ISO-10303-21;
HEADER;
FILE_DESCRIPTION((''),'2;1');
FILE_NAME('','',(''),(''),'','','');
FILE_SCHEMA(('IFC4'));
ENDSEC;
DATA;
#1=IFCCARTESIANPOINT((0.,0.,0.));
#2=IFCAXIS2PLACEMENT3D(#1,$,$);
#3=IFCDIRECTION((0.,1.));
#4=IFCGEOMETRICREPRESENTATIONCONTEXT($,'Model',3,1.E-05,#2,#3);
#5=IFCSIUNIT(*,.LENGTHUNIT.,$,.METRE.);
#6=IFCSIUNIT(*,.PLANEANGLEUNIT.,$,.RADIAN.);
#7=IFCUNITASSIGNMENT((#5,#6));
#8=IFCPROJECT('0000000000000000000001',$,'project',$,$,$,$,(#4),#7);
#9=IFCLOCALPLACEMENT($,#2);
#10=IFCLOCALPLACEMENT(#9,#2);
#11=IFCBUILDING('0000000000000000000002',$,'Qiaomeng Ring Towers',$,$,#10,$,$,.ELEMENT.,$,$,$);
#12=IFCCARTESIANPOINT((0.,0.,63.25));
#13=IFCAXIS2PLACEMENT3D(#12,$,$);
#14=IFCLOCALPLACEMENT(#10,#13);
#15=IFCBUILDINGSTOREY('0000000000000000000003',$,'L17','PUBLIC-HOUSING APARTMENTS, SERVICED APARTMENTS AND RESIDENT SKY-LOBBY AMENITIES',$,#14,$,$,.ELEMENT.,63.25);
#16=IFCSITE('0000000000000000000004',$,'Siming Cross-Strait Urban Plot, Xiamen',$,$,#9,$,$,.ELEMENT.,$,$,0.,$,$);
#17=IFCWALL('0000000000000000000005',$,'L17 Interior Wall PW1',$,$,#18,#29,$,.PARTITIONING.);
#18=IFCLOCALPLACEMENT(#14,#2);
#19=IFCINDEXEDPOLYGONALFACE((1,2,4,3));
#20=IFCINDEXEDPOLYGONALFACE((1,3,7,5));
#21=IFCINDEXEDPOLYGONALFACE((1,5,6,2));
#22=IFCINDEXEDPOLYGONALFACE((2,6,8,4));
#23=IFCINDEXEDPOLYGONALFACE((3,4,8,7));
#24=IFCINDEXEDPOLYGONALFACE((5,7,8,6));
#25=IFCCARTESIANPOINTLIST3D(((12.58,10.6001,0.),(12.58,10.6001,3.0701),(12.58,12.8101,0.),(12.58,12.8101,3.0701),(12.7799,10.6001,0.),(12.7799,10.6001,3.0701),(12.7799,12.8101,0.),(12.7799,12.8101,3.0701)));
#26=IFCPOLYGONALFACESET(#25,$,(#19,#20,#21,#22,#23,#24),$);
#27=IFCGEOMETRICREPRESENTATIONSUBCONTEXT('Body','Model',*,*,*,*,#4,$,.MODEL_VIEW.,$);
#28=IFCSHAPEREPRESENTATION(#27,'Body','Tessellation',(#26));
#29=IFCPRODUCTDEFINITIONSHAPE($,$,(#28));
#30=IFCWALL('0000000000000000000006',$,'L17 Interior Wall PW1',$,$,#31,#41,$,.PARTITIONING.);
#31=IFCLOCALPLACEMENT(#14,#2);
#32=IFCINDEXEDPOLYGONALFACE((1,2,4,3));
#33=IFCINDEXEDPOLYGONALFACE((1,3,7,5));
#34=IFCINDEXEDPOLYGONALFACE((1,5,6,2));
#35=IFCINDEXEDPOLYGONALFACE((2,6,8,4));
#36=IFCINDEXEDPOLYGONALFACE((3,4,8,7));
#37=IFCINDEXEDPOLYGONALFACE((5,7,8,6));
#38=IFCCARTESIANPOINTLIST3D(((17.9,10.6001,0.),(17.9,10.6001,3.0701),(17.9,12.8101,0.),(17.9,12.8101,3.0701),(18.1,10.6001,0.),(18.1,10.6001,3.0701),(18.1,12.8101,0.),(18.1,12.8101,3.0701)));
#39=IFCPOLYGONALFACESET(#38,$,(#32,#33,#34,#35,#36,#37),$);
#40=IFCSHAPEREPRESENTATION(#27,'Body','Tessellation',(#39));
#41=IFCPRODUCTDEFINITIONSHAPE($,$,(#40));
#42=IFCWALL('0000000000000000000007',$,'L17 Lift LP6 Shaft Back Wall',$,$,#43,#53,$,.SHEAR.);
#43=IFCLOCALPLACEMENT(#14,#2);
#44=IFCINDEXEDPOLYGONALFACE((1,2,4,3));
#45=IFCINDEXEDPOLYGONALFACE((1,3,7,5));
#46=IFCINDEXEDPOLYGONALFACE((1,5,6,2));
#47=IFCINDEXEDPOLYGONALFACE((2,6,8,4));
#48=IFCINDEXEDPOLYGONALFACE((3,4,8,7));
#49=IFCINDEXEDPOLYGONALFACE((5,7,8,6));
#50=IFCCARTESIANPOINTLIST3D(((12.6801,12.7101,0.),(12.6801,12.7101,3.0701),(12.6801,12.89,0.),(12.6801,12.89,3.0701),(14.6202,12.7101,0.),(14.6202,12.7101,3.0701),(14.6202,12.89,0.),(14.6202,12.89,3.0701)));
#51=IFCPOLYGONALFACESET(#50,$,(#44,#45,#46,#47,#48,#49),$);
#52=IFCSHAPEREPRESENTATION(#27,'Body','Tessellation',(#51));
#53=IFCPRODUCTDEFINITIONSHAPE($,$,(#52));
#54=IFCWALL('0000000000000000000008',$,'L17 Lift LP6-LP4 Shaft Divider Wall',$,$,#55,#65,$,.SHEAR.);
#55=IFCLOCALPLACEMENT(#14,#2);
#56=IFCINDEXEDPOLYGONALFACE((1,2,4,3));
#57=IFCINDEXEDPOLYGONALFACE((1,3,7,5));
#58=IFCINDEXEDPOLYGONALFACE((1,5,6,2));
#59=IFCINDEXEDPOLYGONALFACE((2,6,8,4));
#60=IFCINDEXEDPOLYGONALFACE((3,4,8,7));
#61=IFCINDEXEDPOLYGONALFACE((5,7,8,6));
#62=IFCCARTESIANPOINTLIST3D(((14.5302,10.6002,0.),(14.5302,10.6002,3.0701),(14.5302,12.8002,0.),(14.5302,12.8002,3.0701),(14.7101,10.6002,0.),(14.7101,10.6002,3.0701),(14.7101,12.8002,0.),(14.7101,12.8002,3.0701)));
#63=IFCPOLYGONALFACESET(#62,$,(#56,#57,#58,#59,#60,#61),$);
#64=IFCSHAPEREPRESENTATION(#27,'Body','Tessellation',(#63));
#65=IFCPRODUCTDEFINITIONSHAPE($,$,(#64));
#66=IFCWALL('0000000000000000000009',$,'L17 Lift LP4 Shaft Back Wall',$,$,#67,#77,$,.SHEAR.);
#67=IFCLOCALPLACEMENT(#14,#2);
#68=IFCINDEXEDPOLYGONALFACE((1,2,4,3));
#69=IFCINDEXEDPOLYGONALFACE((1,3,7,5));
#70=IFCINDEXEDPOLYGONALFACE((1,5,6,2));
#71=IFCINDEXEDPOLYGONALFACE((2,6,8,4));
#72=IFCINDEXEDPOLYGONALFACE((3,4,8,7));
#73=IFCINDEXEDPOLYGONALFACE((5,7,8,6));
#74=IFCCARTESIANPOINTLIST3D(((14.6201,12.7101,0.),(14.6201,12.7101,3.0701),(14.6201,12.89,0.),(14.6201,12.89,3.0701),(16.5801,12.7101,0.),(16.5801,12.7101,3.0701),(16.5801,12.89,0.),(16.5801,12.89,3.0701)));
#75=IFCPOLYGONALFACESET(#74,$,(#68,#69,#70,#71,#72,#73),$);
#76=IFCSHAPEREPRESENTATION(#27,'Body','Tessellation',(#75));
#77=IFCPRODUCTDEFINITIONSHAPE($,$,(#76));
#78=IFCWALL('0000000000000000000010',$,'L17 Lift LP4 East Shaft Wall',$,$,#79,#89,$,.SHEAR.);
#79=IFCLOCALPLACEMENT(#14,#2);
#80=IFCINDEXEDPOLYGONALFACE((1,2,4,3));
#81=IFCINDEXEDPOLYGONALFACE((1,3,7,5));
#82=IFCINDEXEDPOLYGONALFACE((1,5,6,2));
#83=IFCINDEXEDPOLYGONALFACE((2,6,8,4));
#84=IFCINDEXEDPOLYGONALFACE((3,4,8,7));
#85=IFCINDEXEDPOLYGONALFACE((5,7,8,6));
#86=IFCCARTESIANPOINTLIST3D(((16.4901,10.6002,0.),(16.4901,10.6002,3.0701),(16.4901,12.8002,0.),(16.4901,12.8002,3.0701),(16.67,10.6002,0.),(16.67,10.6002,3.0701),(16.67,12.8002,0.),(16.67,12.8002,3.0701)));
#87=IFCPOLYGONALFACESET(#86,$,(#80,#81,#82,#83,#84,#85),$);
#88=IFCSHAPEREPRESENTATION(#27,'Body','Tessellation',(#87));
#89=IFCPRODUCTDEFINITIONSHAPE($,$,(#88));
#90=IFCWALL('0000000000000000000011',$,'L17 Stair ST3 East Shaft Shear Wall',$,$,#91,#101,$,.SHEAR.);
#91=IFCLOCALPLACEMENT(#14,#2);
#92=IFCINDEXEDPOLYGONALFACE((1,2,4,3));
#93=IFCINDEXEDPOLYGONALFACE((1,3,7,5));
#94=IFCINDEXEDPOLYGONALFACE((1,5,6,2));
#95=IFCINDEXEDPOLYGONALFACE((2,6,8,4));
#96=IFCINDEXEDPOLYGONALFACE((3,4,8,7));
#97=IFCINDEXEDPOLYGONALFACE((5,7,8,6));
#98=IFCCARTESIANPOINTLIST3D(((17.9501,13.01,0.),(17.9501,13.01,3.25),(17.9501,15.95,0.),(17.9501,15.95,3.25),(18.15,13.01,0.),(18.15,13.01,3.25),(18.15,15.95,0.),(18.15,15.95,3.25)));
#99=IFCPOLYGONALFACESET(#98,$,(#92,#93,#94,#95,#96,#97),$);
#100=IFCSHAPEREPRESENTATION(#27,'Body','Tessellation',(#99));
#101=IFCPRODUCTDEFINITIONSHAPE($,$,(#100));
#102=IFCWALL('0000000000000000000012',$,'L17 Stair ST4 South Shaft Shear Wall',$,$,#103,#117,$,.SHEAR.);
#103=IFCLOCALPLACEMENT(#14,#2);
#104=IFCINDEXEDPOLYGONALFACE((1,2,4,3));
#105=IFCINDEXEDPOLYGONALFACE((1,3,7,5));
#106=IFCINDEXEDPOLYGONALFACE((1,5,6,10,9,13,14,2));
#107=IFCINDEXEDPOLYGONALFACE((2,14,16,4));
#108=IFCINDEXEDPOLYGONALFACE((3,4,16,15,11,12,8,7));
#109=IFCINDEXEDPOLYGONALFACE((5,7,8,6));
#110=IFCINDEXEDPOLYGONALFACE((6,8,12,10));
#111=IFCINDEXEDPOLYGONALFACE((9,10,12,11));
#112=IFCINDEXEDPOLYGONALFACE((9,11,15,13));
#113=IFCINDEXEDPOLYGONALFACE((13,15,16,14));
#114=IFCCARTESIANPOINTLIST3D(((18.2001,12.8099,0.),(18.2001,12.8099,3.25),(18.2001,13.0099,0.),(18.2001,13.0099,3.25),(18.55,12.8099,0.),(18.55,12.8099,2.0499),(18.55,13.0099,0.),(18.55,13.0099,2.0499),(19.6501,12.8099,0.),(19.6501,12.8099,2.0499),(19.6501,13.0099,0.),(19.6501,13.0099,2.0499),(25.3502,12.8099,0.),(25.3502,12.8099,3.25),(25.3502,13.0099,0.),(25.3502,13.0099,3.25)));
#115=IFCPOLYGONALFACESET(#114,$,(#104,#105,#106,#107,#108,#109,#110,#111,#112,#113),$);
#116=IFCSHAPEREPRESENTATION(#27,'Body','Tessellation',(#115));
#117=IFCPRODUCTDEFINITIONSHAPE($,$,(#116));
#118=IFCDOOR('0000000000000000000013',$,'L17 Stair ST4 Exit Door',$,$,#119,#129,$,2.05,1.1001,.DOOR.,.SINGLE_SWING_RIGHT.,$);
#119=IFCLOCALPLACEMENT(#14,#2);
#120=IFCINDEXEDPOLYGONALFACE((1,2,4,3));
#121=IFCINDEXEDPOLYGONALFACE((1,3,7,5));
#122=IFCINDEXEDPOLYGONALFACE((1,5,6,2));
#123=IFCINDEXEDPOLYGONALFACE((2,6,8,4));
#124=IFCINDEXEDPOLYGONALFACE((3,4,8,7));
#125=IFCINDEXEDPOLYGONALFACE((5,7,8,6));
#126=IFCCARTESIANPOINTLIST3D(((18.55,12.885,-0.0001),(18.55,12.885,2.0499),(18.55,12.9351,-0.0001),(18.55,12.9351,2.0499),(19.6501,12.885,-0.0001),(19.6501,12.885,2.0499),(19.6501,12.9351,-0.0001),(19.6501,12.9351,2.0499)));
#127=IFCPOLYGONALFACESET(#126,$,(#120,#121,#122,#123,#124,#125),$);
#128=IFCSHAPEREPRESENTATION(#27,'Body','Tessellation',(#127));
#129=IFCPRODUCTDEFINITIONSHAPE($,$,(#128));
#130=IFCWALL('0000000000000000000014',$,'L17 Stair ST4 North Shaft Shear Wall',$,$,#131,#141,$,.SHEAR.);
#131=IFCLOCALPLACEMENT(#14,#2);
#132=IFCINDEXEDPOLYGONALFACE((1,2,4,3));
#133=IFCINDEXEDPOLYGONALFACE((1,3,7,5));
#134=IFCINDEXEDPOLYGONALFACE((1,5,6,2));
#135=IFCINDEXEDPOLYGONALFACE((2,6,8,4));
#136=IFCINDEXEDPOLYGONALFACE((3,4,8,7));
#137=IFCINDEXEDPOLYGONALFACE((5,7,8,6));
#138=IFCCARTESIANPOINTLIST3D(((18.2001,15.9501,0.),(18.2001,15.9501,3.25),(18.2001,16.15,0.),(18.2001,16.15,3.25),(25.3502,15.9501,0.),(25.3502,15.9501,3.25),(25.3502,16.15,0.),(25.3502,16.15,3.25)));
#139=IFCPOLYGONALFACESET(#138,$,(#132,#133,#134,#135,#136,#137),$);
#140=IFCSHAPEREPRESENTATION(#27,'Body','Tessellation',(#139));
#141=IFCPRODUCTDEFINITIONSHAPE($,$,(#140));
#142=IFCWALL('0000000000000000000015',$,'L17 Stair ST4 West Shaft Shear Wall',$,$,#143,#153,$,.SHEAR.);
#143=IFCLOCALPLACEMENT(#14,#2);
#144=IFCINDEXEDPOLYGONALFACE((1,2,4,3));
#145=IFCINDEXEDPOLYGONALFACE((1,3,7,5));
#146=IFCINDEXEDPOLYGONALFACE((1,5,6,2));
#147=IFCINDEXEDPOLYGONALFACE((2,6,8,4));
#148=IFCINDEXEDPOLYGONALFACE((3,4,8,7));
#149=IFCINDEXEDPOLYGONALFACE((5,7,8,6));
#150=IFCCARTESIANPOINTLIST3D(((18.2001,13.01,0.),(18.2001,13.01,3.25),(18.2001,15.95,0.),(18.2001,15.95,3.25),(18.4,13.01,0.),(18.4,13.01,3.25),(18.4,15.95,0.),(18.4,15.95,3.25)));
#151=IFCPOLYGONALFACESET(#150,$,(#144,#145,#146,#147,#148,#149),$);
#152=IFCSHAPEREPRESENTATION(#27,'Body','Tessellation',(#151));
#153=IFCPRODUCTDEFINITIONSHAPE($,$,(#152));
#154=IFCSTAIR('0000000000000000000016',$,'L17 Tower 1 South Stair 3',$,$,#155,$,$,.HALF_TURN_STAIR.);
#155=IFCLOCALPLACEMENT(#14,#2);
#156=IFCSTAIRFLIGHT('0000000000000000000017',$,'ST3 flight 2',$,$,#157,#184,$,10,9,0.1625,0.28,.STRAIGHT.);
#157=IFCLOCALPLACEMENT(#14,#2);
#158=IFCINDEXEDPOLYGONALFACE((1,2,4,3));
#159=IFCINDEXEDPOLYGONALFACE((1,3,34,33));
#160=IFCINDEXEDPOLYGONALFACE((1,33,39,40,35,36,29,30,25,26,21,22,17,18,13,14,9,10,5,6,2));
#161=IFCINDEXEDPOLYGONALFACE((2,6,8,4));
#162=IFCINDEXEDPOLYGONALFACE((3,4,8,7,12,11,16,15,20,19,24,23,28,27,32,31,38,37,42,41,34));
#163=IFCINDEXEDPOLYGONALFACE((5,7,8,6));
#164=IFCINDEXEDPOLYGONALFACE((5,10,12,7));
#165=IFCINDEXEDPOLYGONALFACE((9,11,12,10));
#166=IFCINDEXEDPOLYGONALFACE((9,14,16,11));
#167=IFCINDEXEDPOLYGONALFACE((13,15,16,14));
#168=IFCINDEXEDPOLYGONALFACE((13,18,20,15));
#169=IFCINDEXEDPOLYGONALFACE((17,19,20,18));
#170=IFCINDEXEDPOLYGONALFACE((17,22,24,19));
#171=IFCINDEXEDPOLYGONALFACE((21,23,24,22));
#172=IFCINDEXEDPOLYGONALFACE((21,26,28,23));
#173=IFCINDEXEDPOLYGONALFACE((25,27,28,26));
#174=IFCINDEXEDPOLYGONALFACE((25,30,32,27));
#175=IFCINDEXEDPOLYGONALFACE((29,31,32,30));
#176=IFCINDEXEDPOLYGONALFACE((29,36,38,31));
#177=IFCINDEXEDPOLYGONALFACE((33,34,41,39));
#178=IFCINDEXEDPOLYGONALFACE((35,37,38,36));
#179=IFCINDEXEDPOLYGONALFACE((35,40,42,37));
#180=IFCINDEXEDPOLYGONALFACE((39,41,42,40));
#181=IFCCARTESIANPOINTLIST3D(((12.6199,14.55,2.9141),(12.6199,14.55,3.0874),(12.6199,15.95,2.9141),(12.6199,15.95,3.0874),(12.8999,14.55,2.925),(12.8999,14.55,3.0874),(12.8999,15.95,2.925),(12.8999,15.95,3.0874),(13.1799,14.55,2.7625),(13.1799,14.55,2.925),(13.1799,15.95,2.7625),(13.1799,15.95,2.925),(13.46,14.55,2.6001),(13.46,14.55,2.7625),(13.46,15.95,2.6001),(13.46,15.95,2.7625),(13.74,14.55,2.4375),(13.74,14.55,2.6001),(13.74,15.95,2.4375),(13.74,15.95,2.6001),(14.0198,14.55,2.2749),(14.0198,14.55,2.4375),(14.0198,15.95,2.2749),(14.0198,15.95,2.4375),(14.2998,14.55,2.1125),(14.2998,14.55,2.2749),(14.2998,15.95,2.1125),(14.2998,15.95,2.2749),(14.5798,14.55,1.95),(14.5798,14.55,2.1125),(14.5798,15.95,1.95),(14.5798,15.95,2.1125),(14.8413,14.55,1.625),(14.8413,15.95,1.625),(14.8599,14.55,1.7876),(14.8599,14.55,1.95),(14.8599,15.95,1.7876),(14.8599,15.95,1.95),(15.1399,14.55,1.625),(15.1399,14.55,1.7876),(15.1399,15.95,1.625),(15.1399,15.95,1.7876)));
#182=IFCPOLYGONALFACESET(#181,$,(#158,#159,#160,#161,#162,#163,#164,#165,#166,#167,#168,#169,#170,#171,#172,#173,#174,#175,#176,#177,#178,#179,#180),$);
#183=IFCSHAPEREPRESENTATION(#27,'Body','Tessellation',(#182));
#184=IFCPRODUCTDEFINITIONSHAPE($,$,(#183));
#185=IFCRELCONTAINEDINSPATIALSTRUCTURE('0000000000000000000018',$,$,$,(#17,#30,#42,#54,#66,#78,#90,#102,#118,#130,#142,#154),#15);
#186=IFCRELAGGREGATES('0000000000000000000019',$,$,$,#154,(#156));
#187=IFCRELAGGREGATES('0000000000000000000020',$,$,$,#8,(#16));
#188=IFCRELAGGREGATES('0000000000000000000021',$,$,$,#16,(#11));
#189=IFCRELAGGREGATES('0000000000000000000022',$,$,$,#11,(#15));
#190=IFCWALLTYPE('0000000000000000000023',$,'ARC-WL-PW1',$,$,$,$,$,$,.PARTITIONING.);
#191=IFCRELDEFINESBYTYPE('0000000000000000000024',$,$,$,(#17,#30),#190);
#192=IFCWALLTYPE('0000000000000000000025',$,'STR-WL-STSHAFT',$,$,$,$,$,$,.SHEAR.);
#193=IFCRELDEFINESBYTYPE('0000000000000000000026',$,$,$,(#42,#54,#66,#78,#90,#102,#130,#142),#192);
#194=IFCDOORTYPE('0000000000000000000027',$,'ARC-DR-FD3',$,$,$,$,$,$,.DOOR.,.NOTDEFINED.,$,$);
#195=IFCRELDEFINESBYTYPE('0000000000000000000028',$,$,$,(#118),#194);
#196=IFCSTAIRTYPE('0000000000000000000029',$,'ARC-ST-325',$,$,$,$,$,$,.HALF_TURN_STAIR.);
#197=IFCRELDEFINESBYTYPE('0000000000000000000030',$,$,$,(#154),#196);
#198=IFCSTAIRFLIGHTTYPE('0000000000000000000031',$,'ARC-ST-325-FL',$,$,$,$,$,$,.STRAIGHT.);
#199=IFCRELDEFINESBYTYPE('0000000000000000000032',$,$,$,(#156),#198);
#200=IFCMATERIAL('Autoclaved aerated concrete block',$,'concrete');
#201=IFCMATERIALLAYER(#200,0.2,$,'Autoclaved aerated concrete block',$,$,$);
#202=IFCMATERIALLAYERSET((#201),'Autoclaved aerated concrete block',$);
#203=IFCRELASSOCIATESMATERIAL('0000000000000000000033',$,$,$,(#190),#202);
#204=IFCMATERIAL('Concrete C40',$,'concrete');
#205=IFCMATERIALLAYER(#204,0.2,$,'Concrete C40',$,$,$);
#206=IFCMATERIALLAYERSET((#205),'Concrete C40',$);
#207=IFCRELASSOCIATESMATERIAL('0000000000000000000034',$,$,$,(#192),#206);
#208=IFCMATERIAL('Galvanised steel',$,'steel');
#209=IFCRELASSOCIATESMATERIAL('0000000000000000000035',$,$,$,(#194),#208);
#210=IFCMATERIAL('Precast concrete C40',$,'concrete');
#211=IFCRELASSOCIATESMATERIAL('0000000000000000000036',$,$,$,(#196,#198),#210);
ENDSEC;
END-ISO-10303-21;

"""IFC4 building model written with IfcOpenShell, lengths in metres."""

from ifc_helpers import new_model, si_unit, direction, frame, frame_2d, origin, place, context, subcontext, project, spatial, polyline, rectangle, outline, extrude, source, transform, mapped, material, layer, layer_set, type_object, element, fill, aggregate, save


model = new_model("IFC4")

# Units and contexts
model_context = context("Model", 3, precision=1e-05, world=origin(), true_north=direction((0.0, 1.0)))
body_context = subcontext(model_context, "Body", "Model", "MODEL_VIEW")
ifc_project = project(units=[si_unit("LENGTHUNIT", "METRE"), si_unit("PLANEANGLEUNIT", "RADIAN")], contexts=[model_context])

# Site, building, storey
site_placement = place(None, origin())
site = spatial("IfcSite", under=ifc_project, at=site_placement, Name="Siming Cross-Strait Urban Plot, Xiamen", CompositionType="ELEMENT", RefElevation=0.0)
building_placement = place(site_placement, origin())
building = spatial("IfcBuilding", under=site, at=building_placement, Name="Qiaomeng Ring Towers", CompositionType="ELEMENT")
storey_placement = place(building_placement, frame((0.0, 0.0, 63.25)))
storey = spatial("IfcBuildingStorey", under=building, at=storey_placement, Name="L17", Description="PUBLIC-HOUSING APARTMENTS, SERVICED APARTMENTS AND RESIDENT SKY-LOBBY AMENITIES", CompositionType="ELEMENT", Elevation=63.25)

# Walls
ifc_material_1 = material(Name="Autoclaved aerated concrete block", Category="concrete")
ifc_layer_1 = layer(ifc_material_1, 0.2, Name="Autoclaved aerated concrete block")
ifc_layer_set_1 = layer_set([ifc_layer_1], Name="Autoclaved aerated concrete block")
wall_type_1 = type_object("IfcWallType", Name="ARC-WL-PW1", PredefinedType="PARTITIONING", material=ifc_layer_set_1)
for number, where, z_axis, x_axis, name in (
    (1, (12.6799, 10.6001, 0.0), (0.0, 0.0, 1.0), (0.0, 1.0, 0.0), "L17 Interior Wall PW1"),
    (2, (18.0, 10.6001, 0.0), (0.0, 0.0, 1.0), (0.0, 1.0, 0.0), "L17 Interior Wall PW1"),
):
    element("IfcWall", number, at=place(storey_placement, frame(where, z_axis=z_axis, x_axis=x_axis)), inside=storey, type_object=wall_type_1, Name=name, PredefinedType="PARTITIONING", context=body_context, shape_type="SweptSolid", body=[
        extrude(rectangle(XDim=2.21, YDim=0.2, at=frame_2d((1.105, 0.0))), origin(), (0.0, 0.0, 1.0), 3.0701),
    ])
ifc_material_2 = material(Name="Concrete C40", Category="concrete")
ifc_layer_2 = layer(ifc_material_2, 0.2, Name="Concrete C40")
ifc_layer_set_2 = layer_set([ifc_layer_2], Name="Concrete C40")
wall_type_2 = type_object("IfcWallType", Name="STR-WL-STSHAFT", PredefinedType="SHEAR", material=ifc_layer_set_2)
wall_1_placement = place(storey_placement, frame((12.6799, 12.8, 0.0), z_axis=(0.0, 0.0, 1.0), x_axis=(1.0, 0.0, 0.0)))
element("IfcWall", 3, at=wall_1_placement, inside=storey, type_object=wall_type_2, Name="L17 Lift LP6 Shaft Back Wall", PredefinedType="SHEAR", context=body_context, shape_type="SweptSolid", body=[
    extrude(rectangle(XDim=1.9402, YDim=0.1799, at=frame_2d((0.9702, 0.0))), origin(), (0.0, 0.0, 1.0), 3.0701),
])
wall_2_placement = place(storey_placement, frame((14.6201, 10.6001, 0.0), z_axis=(0.0, 0.0, 1.0), x_axis=(0.0, 1.0, 0.0)))
element("IfcWall", 4, at=wall_2_placement, inside=storey, type_object=wall_type_2, Name="L17 Lift LP6-LP4 Shaft Divider Wall", PredefinedType="SHEAR", context=body_context, shape_type="SweptSolid", body=[
    extrude(rectangle(XDim=2.2, YDim=0.1799, at=frame_2d((1.1001, 0.0))), origin(), (0.0, 0.0, 1.0), 3.0701),
])
wall_3_placement = place(storey_placement, frame((14.6201, 12.8, 0.0), z_axis=(0.0, 0.0, 1.0), x_axis=(1.0, 0.0, 0.0)))
element("IfcWall", 5, at=wall_3_placement, inside=storey, type_object=wall_type_2, Name="L17 Lift LP4 Shaft Back Wall", PredefinedType="SHEAR", context=body_context, shape_type="SweptSolid", body=[
    extrude(rectangle(XDim=1.96, YDim=0.1799, at=frame_2d((0.98, 0.0))), origin(), (0.0, 0.0, 1.0), 3.0701),
])
wall_4_placement = place(storey_placement, frame((16.5801, 10.6001, 0.0), z_axis=(0.0, 0.0, 1.0), x_axis=(0.0, 1.0, 0.0)))
element("IfcWall", 6, at=wall_4_placement, inside=storey, type_object=wall_type_2, Name="L17 Lift LP4 East Shaft Wall", PredefinedType="SHEAR", context=body_context, shape_type="SweptSolid", body=[
    extrude(rectangle(XDim=2.2, YDim=0.1799, at=frame_2d((1.1001, 0.0))), origin(), (0.0, 0.0, 1.0), 3.0701),
])
wall_5_placement = place(storey_placement, frame((18.05, 13.01, 0.0), z_axis=(0.0, 0.0, 1.0), x_axis=(0.0, 1.0, 0.0)))
element("IfcWall", 7, at=wall_5_placement, inside=storey, type_object=wall_type_2, Name="L17 Stair ST3 East Shaft Shear Wall", PredefinedType="SHEAR", context=body_context, shape_type="SweptSolid", body=[
    extrude(rectangle(XDim=2.9399, YDim=0.2, at=frame_2d((1.47, 0.0))), origin(), (0.0, 0.0, 1.0), 3.25),
])

# Wall, opening, door
wall_6_placement = place(storey_placement, frame((18.2, 12.9099, 0.0), z_axis=(0.0, 0.0, 1.0), x_axis=(1.0, 0.0, 0.0)))
wall_6 = element("IfcWall", 8, at=wall_6_placement, inside=storey, type_object=wall_type_2, Name="L17 Stair ST4 South Shaft Shear Wall", PredefinedType="SHEAR", context=body_context, shape_type="SweptSolid", body=[
    extrude(rectangle(XDim=7.1501, YDim=0.2, at=frame_2d((3.5752, 0.0))), origin(), (0.0, 0.0, 1.0), 3.25),
])
opening_placement = place(wall_6_placement, frame((0.3501, 0.0, 0.0)))
opening = element("IfcOpeningElement", 9, at=opening_placement, cuts=wall_6, PredefinedType="OPENING", context=body_context, shape_type="SweptSolid", body=[
    extrude(rectangle(XDim=1.1001, YDim=2.05, at=frame_2d((0.55, 1.0249))), frame((0.0, 0.1099, 0.0), z_axis=(0.0, -1.0, 0.0), x_axis=(1.0, 0.0, 0.0)), (0.0, 0.0, 1.0), 0.22),
])
ifc_material_3 = material(Name="Galvanised steel", Category="steel")
door_type = type_object("IfcDoorType", Name="ARC-DR-FD3", OperationType="NOTDEFINED", PredefinedType="DOOR", material=ifc_material_3)
shared_shape_1 = source(origin(), body_context, "Body", "SweptSolid", [
    extrude(rectangle(XDim=1.1001, YDim=2.05, at=frame_2d((0.55, 1.0249))), frame((0.0, 0.0249, 0.0), z_axis=(0.0, -1.0, 0.0), x_axis=(1.0, 0.0, 0.0)), (0.0, 0.0, 1.0), 0.05),
])
door_placement = place(opening_placement, frame((1.1001, 0.0, 0.0), z_axis=(0.0, 0.0, 1.0), x_axis=(-1.0, 0.0, 0.0)))
door = element("IfcDoor", 10, at=door_placement, inside=storey, type_object=door_type, Name="L17 Stair ST4 Exit Door", OperationType="SINGLE_SWING_RIGHT", OverallHeight=2.05, OverallWidth=1.1001, PredefinedType="DOOR", context=body_context, shape_type="MappedRepresentation", body=[
    mapped(shared_shape_1, transform((0.0, 0.0, 0.0), x_axis=(1.0, 0.0, 0.0), y_axis=(0.0, 1.0, 0.0), z_axis=(0.0, 0.0, 1.0), scale=1.0)),
])
fill(opening, door)

# Walls
wall_7_placement = place(storey_placement, frame((18.2, 16.05, 0.0), z_axis=(0.0, 0.0, 1.0), x_axis=(1.0, 0.0, 0.0)))
element("IfcWall", 11, at=wall_7_placement, inside=storey, type_object=wall_type_2, Name="L17 Stair ST4 North Shaft Shear Wall", PredefinedType="SHEAR", context=body_context, shape_type="SweptSolid", body=[
    extrude(rectangle(XDim=7.1501, YDim=0.2, at=frame_2d((3.5752, 0.0))), origin(), (0.0, 0.0, 1.0), 3.25),
])
wall_8_placement = place(storey_placement, frame((18.3, 13.01, 0.0), z_axis=(0.0, 0.0, 1.0), x_axis=(0.0, 1.0, 0.0)))
element("IfcWall", 12, at=wall_8_placement, inside=storey, type_object=wall_type_2, Name="L17 Stair ST4 West Shaft Shear Wall", PredefinedType="SHEAR", context=body_context, shape_type="SweptSolid", body=[
    extrude(rectangle(XDim=2.9399, YDim=0.2, at=frame_2d((1.47, 0.0))), origin(), (0.0, 0.0, 1.0), 3.25),
])

# Stair, stair flight
ifc_material_4 = material(Name="Precast concrete C40", Category="concrete")
stair_type = type_object("IfcStairType", Name="ARC-ST-325", PredefinedType="HALF_TURN_STAIR", material=ifc_material_4)
stair_1_placement = place(storey_placement, origin())
stair_1 = element("IfcStair", 13, at=stair_1_placement, inside=storey, type_object=stair_type, Name="L17 Tower 1 South Stair 3", PredefinedType="HALF_TURN_STAIR")
stair_flight_type = type_object("IfcStairFlightType", Name="ARC-ST-325-FL", PredefinedType="STRAIGHT", material=ifc_material_4)
shared_shape_2 = source(origin(), body_context, "Body", "SweptSolid", [
    extrude(outline(polyline([(0.0, 0.0), (0.0, 0.1626), (0.28, 0.1626), (0.28, 0.325), (0.5601, 0.325), (0.5601, 0.4875), (0.8401, 0.4875), (0.8401, 0.6499), (1.1201, 0.6499), (1.1201, 0.8125), (1.3999, 0.8125), (1.3999, 0.9751), (1.6799, 0.9751), (1.6799, 1.1375), (1.96, 1.1375), (1.96, 1.3), (2.24, 1.3), (2.24, 1.4624), (2.52, 1.4624), (2.52, 1.625), (2.52, 1.2891), (0.2986, 0.0), (0.0, 0.0)])), frame((0.0, 0.7, 0.0), z_axis=(0.0, -1.0, 0.0), x_axis=(1.0, 0.0, 0.0)), (0.0, 0.0, 1.0), 1.3999),
])
stair_flight_1_placement = place(storey_placement, frame((15.1399, 15.25, 1.625), z_axis=(0.0, 0.0, 1.0), x_axis=(-1.0, 0.0, 0.0)))
stair_flight_1 = element("IfcStairFlight", 14, at=stair_flight_1_placement, type_object=stair_flight_type, Name="ST3 flight 2", NumberOfRisers=10, NumberOfTreads=9, PredefinedType="STRAIGHT", RiserHeight=0.1625, TreadLength=0.28, context=body_context, shape_type="MappedRepresentation", body=[
    mapped(shared_shape_2, transform((0.0, 0.0, 0.0), x_axis=(1.0, 0.0, 0.0), y_axis=(0.0, 1.0, 0.0), z_axis=(0.0, 0.0, 1.0), scale=1.0)),
])
aggregate(stair_1, [stair_flight_1])

save(model, "model.ifc")
